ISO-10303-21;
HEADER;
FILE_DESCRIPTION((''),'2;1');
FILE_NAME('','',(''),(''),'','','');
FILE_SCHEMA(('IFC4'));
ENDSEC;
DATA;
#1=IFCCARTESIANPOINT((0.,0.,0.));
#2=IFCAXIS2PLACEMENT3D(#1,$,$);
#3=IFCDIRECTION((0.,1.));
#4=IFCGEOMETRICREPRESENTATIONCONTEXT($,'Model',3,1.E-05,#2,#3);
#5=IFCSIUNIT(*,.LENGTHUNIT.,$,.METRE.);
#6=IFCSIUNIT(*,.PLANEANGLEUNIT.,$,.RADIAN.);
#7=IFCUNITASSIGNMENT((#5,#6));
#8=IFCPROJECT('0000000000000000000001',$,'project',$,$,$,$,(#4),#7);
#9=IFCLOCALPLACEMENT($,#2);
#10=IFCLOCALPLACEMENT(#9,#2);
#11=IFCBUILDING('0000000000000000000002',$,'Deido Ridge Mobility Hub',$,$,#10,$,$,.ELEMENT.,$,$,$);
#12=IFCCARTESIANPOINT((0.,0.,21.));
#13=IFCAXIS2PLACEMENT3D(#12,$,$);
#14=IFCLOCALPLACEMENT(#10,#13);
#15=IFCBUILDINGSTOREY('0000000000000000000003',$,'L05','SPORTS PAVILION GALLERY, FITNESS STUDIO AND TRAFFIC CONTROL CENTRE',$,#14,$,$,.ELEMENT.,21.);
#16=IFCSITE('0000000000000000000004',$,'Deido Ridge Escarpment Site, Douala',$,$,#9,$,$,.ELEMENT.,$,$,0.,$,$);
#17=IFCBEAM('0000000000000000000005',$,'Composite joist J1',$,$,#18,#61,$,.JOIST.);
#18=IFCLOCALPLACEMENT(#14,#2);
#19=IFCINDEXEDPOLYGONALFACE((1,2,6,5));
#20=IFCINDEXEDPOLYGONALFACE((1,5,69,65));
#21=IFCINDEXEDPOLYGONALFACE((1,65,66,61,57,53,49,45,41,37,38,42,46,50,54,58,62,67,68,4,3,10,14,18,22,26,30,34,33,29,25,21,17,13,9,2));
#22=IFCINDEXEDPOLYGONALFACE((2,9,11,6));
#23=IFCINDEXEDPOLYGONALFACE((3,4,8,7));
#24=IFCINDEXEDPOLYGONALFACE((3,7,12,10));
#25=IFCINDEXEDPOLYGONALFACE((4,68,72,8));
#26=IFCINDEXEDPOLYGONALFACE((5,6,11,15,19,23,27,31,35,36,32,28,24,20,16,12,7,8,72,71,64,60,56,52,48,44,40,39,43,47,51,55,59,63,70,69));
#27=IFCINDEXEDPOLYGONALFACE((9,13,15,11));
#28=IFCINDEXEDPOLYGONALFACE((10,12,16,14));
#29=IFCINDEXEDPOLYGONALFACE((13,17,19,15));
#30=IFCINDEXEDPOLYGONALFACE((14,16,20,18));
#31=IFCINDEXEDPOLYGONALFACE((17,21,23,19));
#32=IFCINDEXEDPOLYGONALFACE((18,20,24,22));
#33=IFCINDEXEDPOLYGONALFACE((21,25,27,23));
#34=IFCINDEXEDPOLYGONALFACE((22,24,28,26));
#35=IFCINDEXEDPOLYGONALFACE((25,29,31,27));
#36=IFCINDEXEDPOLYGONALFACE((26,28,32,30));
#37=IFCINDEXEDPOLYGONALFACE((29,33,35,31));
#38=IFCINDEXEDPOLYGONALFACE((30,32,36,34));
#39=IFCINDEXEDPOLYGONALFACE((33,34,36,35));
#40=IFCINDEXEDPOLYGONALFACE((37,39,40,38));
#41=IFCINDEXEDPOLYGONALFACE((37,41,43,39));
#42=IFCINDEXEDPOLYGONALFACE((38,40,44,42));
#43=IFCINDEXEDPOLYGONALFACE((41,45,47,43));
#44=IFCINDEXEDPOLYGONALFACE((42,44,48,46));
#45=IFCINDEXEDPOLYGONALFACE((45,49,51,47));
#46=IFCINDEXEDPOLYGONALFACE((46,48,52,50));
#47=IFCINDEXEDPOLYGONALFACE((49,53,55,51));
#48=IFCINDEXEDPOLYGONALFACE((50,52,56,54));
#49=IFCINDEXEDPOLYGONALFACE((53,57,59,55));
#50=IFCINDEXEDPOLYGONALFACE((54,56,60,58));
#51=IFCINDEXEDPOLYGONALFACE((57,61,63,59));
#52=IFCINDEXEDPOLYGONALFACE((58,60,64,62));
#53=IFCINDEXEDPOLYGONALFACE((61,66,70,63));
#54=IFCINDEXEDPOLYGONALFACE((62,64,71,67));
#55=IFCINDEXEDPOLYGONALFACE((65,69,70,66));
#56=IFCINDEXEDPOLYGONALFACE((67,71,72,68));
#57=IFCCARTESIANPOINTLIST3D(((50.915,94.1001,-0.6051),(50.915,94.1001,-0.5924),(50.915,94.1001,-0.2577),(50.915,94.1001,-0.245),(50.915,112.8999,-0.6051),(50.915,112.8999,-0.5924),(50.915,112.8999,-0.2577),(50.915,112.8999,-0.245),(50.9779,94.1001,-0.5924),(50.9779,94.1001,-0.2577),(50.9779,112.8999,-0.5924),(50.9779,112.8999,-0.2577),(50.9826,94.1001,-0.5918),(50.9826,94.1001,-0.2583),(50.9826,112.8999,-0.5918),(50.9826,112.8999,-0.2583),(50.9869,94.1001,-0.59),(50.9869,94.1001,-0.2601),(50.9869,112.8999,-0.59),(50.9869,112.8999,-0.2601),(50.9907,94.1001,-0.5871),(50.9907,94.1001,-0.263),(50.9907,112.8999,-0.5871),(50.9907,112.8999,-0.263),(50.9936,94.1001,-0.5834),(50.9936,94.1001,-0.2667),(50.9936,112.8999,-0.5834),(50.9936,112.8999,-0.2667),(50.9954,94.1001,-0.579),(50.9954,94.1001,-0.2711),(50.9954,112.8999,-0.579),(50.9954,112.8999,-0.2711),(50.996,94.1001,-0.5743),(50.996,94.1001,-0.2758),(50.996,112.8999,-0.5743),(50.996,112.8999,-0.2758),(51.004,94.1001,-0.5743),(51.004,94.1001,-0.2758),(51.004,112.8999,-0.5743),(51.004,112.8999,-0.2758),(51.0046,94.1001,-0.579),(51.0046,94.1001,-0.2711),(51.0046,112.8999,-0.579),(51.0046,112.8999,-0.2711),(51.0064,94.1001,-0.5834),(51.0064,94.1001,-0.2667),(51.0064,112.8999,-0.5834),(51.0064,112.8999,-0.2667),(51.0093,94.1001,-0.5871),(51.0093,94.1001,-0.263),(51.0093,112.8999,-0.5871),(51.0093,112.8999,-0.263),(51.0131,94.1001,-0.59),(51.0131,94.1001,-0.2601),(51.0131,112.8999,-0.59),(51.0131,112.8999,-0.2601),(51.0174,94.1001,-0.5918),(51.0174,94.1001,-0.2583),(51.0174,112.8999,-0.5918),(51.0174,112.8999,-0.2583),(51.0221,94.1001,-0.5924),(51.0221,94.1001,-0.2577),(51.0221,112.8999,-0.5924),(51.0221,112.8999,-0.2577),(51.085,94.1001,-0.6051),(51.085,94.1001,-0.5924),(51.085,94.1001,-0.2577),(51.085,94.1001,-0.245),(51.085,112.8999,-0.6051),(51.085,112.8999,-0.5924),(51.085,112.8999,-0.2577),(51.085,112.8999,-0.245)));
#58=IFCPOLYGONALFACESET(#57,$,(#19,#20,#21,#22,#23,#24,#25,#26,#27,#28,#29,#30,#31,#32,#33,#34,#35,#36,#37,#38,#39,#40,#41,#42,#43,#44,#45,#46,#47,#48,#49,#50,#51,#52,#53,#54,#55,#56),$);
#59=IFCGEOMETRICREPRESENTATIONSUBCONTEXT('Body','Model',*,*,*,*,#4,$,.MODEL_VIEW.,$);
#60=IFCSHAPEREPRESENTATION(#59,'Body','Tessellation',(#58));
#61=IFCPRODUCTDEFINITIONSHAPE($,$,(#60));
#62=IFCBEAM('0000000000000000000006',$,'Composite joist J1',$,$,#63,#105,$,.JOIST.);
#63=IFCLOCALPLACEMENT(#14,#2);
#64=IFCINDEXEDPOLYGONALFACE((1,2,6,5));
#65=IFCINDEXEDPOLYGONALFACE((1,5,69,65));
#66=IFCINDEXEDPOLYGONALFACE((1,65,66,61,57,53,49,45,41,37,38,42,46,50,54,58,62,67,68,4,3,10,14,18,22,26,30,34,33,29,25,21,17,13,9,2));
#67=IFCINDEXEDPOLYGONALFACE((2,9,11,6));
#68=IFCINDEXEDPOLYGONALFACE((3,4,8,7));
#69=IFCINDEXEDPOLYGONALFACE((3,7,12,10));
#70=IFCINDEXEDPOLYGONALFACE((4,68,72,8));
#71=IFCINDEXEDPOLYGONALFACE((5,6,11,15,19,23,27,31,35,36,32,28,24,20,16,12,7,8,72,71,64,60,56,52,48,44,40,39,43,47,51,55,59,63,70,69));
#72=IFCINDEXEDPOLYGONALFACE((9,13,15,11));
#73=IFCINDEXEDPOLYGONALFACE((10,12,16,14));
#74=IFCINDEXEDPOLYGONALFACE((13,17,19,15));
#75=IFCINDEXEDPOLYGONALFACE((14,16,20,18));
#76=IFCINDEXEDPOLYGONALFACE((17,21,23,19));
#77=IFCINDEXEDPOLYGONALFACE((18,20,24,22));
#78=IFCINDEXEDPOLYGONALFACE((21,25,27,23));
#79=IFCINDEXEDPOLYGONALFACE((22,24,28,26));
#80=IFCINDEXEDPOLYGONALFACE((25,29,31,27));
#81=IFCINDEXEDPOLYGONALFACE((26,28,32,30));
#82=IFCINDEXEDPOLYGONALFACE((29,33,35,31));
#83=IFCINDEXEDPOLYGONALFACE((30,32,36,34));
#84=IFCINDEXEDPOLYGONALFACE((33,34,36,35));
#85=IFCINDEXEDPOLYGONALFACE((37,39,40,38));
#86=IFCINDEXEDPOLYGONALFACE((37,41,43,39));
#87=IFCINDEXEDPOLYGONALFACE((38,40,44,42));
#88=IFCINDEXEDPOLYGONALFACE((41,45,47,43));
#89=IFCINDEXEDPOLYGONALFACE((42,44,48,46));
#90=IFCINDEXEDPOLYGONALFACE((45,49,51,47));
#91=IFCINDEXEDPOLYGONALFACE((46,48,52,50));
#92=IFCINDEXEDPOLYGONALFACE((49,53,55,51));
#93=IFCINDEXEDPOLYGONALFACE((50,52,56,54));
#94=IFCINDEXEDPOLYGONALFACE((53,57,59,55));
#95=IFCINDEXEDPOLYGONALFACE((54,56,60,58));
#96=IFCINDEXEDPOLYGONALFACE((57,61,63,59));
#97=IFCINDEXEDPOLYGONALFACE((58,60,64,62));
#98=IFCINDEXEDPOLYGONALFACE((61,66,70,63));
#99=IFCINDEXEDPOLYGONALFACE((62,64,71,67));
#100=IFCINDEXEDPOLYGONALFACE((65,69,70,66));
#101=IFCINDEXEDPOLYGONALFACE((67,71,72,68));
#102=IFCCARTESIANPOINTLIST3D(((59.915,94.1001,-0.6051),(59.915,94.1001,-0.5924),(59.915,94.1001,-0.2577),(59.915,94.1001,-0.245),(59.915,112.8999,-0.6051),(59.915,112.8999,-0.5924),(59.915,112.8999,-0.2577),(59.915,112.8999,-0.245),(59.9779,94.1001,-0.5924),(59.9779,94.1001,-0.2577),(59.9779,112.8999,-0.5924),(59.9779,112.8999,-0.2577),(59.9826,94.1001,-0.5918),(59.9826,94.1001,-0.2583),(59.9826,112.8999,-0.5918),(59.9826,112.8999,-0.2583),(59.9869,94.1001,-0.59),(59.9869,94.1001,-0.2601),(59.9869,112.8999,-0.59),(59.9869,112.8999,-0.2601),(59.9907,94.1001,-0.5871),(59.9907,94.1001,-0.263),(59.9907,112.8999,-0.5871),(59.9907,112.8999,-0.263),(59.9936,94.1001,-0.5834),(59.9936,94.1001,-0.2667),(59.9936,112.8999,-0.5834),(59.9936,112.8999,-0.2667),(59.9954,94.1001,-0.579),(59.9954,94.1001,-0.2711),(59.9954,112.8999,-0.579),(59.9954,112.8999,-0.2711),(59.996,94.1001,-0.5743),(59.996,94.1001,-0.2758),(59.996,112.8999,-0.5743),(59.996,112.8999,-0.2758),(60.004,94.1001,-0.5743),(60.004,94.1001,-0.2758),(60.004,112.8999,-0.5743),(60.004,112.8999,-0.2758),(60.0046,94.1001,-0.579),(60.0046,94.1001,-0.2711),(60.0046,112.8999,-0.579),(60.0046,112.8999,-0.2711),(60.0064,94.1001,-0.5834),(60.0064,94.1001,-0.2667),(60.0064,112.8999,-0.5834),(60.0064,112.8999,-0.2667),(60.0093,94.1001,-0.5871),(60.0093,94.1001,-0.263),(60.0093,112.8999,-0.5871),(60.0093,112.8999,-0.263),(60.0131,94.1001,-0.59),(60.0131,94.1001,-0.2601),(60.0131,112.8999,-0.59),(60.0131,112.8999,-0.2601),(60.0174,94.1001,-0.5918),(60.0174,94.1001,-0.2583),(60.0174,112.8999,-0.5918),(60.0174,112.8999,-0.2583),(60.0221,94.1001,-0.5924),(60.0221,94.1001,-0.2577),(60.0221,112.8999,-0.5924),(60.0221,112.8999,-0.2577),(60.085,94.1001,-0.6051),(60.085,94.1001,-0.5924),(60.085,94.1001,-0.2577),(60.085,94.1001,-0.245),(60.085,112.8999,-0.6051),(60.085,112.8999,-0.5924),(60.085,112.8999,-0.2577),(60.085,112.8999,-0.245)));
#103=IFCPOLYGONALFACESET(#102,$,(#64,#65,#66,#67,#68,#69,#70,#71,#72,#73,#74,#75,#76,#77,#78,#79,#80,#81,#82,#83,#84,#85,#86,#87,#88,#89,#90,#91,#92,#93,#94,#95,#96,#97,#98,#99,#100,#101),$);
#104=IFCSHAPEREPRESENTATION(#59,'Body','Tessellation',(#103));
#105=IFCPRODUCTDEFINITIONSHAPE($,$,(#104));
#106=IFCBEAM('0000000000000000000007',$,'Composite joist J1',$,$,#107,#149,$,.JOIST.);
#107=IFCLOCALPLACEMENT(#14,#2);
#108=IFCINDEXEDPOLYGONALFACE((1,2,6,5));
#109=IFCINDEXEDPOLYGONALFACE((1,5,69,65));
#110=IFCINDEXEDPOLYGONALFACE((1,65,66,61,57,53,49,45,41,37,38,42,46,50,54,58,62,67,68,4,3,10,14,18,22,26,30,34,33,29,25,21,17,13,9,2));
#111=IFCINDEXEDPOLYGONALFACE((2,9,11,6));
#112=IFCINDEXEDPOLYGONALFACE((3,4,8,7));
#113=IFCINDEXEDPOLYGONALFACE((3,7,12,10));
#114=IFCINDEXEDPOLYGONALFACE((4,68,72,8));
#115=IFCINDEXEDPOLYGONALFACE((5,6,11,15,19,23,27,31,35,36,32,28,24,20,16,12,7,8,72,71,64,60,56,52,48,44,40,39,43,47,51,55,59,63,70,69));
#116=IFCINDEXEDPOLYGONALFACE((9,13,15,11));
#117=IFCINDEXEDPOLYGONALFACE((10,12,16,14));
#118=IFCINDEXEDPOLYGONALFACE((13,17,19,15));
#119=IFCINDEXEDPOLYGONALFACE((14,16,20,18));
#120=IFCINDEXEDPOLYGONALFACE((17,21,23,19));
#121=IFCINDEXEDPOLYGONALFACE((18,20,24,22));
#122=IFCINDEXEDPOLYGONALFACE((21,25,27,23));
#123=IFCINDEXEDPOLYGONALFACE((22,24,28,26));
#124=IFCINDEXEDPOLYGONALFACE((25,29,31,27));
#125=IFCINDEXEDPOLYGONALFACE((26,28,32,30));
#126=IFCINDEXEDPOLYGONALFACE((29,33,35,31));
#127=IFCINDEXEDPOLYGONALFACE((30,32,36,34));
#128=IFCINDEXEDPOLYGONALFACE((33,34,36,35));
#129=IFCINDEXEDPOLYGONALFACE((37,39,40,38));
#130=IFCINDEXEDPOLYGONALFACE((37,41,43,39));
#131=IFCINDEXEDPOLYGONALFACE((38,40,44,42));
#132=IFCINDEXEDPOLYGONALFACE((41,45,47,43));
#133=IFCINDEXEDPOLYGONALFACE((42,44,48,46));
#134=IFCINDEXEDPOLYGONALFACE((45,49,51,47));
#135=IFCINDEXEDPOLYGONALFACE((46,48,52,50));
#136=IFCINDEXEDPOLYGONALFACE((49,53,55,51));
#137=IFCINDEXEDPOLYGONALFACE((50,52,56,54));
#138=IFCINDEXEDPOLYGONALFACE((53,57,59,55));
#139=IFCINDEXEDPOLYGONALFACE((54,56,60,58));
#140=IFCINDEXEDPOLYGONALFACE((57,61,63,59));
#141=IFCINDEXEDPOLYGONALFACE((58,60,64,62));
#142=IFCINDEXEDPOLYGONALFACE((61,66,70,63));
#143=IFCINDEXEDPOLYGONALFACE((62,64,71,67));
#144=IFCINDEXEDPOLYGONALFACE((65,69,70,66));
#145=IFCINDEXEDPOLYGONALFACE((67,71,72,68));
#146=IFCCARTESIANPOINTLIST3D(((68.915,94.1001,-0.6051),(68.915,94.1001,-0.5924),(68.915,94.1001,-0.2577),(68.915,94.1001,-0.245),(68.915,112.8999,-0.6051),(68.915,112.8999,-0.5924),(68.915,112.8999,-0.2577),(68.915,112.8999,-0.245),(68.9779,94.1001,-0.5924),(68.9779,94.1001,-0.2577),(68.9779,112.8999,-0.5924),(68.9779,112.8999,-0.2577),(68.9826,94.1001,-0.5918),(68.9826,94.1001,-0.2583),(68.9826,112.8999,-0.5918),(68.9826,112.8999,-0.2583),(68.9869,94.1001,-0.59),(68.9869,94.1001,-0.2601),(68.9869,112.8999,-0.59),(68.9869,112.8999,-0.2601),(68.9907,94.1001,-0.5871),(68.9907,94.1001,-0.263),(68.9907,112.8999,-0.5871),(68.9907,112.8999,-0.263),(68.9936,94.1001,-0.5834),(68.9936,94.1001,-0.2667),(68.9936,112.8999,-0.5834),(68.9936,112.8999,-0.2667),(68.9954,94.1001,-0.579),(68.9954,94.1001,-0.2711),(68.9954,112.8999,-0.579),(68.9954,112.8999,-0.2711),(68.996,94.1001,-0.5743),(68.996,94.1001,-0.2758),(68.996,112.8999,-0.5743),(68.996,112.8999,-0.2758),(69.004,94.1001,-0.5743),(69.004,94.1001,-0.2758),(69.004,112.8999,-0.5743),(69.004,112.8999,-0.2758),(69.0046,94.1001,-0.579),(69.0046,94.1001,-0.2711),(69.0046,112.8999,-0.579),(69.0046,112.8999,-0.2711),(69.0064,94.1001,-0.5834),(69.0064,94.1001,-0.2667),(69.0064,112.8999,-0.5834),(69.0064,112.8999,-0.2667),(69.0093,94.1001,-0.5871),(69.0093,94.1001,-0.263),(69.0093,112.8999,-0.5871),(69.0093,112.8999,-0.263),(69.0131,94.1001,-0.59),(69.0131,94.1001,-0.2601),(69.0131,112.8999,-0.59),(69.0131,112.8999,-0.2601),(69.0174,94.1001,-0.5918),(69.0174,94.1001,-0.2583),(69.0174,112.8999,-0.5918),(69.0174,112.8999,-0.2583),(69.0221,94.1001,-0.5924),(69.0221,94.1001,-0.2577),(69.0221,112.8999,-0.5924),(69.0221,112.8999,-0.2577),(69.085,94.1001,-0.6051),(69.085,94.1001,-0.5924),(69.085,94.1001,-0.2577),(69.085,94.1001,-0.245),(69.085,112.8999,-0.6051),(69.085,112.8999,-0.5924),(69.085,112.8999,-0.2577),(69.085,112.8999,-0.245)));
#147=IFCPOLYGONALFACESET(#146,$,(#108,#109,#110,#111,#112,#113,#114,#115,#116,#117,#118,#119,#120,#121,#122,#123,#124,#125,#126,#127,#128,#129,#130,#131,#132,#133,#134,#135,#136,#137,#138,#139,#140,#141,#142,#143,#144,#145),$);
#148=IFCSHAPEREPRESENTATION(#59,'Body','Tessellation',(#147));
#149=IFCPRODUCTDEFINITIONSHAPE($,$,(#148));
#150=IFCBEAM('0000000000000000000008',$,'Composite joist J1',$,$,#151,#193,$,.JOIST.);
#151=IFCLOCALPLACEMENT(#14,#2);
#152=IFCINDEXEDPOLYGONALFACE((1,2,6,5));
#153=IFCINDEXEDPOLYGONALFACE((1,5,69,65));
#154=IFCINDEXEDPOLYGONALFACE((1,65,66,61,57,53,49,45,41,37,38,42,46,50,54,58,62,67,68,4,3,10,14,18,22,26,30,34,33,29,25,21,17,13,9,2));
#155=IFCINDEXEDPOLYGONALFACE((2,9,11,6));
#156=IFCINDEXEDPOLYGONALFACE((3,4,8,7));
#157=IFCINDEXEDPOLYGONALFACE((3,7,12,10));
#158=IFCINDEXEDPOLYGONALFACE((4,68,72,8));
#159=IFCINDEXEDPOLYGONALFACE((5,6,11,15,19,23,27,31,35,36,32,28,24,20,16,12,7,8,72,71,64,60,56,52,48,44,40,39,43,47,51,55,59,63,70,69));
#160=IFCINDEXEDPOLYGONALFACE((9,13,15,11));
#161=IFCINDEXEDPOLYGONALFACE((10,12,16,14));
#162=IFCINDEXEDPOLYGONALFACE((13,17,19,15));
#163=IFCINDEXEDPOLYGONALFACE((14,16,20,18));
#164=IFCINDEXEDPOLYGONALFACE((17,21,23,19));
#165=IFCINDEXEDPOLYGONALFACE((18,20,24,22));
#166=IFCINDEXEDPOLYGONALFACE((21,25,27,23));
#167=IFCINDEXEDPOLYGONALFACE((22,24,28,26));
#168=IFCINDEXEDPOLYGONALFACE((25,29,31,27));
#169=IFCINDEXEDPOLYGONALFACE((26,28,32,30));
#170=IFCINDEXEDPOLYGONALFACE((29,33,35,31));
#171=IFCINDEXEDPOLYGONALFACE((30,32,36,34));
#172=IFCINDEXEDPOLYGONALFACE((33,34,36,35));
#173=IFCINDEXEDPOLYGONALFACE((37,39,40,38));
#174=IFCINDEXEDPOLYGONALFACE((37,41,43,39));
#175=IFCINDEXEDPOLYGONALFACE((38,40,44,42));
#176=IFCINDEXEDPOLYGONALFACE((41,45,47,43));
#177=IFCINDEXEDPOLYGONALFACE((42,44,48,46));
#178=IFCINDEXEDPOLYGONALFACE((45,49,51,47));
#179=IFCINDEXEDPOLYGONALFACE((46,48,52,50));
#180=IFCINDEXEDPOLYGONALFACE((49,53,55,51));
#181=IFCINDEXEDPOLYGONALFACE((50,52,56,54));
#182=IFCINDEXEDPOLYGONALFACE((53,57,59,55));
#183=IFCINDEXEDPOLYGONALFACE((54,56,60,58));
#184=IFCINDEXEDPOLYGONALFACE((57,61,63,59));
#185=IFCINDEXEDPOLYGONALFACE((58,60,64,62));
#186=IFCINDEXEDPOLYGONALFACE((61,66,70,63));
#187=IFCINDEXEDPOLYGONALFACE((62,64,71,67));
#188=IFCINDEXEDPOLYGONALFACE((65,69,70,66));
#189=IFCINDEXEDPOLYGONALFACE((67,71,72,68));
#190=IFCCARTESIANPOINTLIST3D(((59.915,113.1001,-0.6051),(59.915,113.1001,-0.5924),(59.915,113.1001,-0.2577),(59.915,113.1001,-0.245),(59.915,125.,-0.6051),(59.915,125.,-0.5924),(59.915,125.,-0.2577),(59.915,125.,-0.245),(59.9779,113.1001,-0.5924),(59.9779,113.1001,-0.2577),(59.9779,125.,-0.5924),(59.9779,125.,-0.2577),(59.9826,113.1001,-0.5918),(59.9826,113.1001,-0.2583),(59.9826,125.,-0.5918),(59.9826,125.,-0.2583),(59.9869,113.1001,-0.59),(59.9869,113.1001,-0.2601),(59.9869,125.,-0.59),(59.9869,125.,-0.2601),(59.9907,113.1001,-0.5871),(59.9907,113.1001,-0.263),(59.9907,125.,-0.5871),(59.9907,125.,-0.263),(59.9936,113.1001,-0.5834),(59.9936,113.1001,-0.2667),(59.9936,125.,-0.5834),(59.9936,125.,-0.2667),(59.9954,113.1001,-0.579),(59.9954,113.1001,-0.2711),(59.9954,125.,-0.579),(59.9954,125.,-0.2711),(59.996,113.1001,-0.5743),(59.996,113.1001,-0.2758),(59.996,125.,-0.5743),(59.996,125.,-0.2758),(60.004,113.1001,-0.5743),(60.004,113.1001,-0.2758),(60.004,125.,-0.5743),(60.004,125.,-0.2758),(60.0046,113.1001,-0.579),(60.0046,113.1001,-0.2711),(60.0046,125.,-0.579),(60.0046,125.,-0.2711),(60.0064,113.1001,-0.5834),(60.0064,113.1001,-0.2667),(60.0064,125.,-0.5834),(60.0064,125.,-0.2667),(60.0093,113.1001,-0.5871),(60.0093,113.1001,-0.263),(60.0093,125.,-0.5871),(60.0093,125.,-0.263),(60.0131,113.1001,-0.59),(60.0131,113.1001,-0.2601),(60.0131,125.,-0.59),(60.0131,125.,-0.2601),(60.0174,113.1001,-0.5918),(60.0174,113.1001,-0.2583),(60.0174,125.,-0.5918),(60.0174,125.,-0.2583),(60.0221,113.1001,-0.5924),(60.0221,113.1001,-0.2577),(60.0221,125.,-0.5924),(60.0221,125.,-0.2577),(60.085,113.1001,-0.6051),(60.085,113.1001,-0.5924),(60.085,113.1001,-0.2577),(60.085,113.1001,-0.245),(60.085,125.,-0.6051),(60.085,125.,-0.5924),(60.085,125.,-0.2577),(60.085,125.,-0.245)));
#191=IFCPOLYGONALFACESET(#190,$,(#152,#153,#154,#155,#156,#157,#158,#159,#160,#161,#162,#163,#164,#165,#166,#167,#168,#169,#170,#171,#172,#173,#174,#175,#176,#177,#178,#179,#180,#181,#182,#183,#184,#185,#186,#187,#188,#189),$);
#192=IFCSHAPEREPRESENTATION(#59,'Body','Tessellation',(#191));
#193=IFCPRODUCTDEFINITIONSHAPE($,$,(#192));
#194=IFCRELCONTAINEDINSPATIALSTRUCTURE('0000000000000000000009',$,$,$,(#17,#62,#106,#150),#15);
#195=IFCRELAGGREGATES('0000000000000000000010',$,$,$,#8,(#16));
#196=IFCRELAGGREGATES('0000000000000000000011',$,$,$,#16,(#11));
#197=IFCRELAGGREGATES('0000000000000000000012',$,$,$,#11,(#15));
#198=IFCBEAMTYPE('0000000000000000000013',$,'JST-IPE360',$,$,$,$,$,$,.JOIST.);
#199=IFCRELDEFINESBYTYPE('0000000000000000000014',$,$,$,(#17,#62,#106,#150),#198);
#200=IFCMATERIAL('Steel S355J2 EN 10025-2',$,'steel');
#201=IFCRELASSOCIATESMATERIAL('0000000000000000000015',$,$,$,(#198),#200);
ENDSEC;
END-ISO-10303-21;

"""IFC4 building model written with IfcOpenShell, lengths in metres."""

from ifc_helpers import new_model, si_unit, direction, frame, origin, origin_2d, place, context, subcontext, project, spatial, i_section, extrude, material, material_profile, profile_set, type_object, element, save


model = new_model("IFC4")

# Units and contexts
model_context = context("Model", 3, precision=1e-05, world=origin(), true_north=direction((0.0, 1.0)))
body_context = subcontext(model_context, "Body", "Model", "MODEL_VIEW")
ifc_project = project(units=[si_unit("LENGTHUNIT", "METRE"), si_unit("PLANEANGLEUNIT", "RADIAN")], contexts=[model_context])

# Site, building, storey
site_placement = place(None, origin())
site = spatial("IfcSite", under=ifc_project, at=site_placement, Name="Deido Ridge Escarpment Site, Douala", CompositionType="ELEMENT", RefElevation=0.0)
building_placement = place(site_placement, origin())
building = spatial("IfcBuilding", under=site, at=building_placement, Name="Deido Ridge Mobility Hub", CompositionType="ELEMENT")
storey_placement = place(building_placement, frame((0.0, 0.0, 21.0)))
storey = spatial("IfcBuildingStorey", under=building, at=storey_placement, Name="L05", Description="SPORTS PAVILION GALLERY, FITNESS STUDIO AND TRAFFIC CONTROL CENTRE", CompositionType="ELEMENT", Elevation=21.0)

# Beams
ifc_material = material(Name="Steel S355J2 EN 10025-2", Category="steel")
ifc_material_profile_1 = material_profile(ifc_material, i_section(OverallWidth=0.1699, OverallDepth=0.3601, WebThickness=0.0081, FlangeThickness=0.0127, FilletRadius=0.0181, at=origin_2d()), Name="IPE 360")
ifc_profile_set_1 = profile_set([ifc_material_profile_1], Name="Steel S355J2 EN 10025-2")
beam_type_1 = type_object("IfcBeamType", Name="JST-IPE360", PredefinedType="JOIST", material=ifc_profile_set_1)
for number, where, z_axis, x_axis, name in (
    (1, (51.0, 94.1001, -0.425), (0.0, 1.0, 0.0), (-1.0, 0.0, 0.0), "Composite joist J1"),
    (2, (60.0, 94.1001, -0.425), (0.0, 1.0, 0.0), (-1.0, 0.0, 0.0), "Composite joist J1"),
    (3, (69.0, 94.1001, -0.425), (0.0, 1.0, 0.0), (-1.0, 0.0, 0.0), "Composite joist J1"),
):
    element("IfcBeam", number, at=place(storey_placement, frame(where, z_axis=z_axis, x_axis=x_axis)), inside=storey, type_object=beam_type_1, Name=name, PredefinedType="JOIST", context=body_context, shape_type="SweptSolid", body=[
        extrude(i_section(OverallWidth=0.1699, OverallDepth=0.3601, WebThickness=0.0081, FlangeThickness=0.0127, FilletRadius=0.0181, at=origin_2d()), origin(), (0.0, 0.0, 1.0), 18.7998),
    ])
beam_1_placement = place(storey_placement, frame((60.0, 113.1001, -0.425), z_axis=(0.0, 1.0, 0.0), x_axis=(-1.0, 0.0, 0.0)))
element("IfcBeam", 4, at=beam_1_placement, inside=storey, type_object=beam_type_1, Name="Composite joist J1", PredefinedType="JOIST", context=body_context, shape_type="SweptSolid", body=[
    extrude(i_section(OverallWidth=0.1699, OverallDepth=0.3601, WebThickness=0.0081, FlangeThickness=0.0127, FilletRadius=0.0181, at=origin_2d()), origin(), (0.0, 0.0, 1.0), 11.8999),
])

save(model, "model.ifc")
